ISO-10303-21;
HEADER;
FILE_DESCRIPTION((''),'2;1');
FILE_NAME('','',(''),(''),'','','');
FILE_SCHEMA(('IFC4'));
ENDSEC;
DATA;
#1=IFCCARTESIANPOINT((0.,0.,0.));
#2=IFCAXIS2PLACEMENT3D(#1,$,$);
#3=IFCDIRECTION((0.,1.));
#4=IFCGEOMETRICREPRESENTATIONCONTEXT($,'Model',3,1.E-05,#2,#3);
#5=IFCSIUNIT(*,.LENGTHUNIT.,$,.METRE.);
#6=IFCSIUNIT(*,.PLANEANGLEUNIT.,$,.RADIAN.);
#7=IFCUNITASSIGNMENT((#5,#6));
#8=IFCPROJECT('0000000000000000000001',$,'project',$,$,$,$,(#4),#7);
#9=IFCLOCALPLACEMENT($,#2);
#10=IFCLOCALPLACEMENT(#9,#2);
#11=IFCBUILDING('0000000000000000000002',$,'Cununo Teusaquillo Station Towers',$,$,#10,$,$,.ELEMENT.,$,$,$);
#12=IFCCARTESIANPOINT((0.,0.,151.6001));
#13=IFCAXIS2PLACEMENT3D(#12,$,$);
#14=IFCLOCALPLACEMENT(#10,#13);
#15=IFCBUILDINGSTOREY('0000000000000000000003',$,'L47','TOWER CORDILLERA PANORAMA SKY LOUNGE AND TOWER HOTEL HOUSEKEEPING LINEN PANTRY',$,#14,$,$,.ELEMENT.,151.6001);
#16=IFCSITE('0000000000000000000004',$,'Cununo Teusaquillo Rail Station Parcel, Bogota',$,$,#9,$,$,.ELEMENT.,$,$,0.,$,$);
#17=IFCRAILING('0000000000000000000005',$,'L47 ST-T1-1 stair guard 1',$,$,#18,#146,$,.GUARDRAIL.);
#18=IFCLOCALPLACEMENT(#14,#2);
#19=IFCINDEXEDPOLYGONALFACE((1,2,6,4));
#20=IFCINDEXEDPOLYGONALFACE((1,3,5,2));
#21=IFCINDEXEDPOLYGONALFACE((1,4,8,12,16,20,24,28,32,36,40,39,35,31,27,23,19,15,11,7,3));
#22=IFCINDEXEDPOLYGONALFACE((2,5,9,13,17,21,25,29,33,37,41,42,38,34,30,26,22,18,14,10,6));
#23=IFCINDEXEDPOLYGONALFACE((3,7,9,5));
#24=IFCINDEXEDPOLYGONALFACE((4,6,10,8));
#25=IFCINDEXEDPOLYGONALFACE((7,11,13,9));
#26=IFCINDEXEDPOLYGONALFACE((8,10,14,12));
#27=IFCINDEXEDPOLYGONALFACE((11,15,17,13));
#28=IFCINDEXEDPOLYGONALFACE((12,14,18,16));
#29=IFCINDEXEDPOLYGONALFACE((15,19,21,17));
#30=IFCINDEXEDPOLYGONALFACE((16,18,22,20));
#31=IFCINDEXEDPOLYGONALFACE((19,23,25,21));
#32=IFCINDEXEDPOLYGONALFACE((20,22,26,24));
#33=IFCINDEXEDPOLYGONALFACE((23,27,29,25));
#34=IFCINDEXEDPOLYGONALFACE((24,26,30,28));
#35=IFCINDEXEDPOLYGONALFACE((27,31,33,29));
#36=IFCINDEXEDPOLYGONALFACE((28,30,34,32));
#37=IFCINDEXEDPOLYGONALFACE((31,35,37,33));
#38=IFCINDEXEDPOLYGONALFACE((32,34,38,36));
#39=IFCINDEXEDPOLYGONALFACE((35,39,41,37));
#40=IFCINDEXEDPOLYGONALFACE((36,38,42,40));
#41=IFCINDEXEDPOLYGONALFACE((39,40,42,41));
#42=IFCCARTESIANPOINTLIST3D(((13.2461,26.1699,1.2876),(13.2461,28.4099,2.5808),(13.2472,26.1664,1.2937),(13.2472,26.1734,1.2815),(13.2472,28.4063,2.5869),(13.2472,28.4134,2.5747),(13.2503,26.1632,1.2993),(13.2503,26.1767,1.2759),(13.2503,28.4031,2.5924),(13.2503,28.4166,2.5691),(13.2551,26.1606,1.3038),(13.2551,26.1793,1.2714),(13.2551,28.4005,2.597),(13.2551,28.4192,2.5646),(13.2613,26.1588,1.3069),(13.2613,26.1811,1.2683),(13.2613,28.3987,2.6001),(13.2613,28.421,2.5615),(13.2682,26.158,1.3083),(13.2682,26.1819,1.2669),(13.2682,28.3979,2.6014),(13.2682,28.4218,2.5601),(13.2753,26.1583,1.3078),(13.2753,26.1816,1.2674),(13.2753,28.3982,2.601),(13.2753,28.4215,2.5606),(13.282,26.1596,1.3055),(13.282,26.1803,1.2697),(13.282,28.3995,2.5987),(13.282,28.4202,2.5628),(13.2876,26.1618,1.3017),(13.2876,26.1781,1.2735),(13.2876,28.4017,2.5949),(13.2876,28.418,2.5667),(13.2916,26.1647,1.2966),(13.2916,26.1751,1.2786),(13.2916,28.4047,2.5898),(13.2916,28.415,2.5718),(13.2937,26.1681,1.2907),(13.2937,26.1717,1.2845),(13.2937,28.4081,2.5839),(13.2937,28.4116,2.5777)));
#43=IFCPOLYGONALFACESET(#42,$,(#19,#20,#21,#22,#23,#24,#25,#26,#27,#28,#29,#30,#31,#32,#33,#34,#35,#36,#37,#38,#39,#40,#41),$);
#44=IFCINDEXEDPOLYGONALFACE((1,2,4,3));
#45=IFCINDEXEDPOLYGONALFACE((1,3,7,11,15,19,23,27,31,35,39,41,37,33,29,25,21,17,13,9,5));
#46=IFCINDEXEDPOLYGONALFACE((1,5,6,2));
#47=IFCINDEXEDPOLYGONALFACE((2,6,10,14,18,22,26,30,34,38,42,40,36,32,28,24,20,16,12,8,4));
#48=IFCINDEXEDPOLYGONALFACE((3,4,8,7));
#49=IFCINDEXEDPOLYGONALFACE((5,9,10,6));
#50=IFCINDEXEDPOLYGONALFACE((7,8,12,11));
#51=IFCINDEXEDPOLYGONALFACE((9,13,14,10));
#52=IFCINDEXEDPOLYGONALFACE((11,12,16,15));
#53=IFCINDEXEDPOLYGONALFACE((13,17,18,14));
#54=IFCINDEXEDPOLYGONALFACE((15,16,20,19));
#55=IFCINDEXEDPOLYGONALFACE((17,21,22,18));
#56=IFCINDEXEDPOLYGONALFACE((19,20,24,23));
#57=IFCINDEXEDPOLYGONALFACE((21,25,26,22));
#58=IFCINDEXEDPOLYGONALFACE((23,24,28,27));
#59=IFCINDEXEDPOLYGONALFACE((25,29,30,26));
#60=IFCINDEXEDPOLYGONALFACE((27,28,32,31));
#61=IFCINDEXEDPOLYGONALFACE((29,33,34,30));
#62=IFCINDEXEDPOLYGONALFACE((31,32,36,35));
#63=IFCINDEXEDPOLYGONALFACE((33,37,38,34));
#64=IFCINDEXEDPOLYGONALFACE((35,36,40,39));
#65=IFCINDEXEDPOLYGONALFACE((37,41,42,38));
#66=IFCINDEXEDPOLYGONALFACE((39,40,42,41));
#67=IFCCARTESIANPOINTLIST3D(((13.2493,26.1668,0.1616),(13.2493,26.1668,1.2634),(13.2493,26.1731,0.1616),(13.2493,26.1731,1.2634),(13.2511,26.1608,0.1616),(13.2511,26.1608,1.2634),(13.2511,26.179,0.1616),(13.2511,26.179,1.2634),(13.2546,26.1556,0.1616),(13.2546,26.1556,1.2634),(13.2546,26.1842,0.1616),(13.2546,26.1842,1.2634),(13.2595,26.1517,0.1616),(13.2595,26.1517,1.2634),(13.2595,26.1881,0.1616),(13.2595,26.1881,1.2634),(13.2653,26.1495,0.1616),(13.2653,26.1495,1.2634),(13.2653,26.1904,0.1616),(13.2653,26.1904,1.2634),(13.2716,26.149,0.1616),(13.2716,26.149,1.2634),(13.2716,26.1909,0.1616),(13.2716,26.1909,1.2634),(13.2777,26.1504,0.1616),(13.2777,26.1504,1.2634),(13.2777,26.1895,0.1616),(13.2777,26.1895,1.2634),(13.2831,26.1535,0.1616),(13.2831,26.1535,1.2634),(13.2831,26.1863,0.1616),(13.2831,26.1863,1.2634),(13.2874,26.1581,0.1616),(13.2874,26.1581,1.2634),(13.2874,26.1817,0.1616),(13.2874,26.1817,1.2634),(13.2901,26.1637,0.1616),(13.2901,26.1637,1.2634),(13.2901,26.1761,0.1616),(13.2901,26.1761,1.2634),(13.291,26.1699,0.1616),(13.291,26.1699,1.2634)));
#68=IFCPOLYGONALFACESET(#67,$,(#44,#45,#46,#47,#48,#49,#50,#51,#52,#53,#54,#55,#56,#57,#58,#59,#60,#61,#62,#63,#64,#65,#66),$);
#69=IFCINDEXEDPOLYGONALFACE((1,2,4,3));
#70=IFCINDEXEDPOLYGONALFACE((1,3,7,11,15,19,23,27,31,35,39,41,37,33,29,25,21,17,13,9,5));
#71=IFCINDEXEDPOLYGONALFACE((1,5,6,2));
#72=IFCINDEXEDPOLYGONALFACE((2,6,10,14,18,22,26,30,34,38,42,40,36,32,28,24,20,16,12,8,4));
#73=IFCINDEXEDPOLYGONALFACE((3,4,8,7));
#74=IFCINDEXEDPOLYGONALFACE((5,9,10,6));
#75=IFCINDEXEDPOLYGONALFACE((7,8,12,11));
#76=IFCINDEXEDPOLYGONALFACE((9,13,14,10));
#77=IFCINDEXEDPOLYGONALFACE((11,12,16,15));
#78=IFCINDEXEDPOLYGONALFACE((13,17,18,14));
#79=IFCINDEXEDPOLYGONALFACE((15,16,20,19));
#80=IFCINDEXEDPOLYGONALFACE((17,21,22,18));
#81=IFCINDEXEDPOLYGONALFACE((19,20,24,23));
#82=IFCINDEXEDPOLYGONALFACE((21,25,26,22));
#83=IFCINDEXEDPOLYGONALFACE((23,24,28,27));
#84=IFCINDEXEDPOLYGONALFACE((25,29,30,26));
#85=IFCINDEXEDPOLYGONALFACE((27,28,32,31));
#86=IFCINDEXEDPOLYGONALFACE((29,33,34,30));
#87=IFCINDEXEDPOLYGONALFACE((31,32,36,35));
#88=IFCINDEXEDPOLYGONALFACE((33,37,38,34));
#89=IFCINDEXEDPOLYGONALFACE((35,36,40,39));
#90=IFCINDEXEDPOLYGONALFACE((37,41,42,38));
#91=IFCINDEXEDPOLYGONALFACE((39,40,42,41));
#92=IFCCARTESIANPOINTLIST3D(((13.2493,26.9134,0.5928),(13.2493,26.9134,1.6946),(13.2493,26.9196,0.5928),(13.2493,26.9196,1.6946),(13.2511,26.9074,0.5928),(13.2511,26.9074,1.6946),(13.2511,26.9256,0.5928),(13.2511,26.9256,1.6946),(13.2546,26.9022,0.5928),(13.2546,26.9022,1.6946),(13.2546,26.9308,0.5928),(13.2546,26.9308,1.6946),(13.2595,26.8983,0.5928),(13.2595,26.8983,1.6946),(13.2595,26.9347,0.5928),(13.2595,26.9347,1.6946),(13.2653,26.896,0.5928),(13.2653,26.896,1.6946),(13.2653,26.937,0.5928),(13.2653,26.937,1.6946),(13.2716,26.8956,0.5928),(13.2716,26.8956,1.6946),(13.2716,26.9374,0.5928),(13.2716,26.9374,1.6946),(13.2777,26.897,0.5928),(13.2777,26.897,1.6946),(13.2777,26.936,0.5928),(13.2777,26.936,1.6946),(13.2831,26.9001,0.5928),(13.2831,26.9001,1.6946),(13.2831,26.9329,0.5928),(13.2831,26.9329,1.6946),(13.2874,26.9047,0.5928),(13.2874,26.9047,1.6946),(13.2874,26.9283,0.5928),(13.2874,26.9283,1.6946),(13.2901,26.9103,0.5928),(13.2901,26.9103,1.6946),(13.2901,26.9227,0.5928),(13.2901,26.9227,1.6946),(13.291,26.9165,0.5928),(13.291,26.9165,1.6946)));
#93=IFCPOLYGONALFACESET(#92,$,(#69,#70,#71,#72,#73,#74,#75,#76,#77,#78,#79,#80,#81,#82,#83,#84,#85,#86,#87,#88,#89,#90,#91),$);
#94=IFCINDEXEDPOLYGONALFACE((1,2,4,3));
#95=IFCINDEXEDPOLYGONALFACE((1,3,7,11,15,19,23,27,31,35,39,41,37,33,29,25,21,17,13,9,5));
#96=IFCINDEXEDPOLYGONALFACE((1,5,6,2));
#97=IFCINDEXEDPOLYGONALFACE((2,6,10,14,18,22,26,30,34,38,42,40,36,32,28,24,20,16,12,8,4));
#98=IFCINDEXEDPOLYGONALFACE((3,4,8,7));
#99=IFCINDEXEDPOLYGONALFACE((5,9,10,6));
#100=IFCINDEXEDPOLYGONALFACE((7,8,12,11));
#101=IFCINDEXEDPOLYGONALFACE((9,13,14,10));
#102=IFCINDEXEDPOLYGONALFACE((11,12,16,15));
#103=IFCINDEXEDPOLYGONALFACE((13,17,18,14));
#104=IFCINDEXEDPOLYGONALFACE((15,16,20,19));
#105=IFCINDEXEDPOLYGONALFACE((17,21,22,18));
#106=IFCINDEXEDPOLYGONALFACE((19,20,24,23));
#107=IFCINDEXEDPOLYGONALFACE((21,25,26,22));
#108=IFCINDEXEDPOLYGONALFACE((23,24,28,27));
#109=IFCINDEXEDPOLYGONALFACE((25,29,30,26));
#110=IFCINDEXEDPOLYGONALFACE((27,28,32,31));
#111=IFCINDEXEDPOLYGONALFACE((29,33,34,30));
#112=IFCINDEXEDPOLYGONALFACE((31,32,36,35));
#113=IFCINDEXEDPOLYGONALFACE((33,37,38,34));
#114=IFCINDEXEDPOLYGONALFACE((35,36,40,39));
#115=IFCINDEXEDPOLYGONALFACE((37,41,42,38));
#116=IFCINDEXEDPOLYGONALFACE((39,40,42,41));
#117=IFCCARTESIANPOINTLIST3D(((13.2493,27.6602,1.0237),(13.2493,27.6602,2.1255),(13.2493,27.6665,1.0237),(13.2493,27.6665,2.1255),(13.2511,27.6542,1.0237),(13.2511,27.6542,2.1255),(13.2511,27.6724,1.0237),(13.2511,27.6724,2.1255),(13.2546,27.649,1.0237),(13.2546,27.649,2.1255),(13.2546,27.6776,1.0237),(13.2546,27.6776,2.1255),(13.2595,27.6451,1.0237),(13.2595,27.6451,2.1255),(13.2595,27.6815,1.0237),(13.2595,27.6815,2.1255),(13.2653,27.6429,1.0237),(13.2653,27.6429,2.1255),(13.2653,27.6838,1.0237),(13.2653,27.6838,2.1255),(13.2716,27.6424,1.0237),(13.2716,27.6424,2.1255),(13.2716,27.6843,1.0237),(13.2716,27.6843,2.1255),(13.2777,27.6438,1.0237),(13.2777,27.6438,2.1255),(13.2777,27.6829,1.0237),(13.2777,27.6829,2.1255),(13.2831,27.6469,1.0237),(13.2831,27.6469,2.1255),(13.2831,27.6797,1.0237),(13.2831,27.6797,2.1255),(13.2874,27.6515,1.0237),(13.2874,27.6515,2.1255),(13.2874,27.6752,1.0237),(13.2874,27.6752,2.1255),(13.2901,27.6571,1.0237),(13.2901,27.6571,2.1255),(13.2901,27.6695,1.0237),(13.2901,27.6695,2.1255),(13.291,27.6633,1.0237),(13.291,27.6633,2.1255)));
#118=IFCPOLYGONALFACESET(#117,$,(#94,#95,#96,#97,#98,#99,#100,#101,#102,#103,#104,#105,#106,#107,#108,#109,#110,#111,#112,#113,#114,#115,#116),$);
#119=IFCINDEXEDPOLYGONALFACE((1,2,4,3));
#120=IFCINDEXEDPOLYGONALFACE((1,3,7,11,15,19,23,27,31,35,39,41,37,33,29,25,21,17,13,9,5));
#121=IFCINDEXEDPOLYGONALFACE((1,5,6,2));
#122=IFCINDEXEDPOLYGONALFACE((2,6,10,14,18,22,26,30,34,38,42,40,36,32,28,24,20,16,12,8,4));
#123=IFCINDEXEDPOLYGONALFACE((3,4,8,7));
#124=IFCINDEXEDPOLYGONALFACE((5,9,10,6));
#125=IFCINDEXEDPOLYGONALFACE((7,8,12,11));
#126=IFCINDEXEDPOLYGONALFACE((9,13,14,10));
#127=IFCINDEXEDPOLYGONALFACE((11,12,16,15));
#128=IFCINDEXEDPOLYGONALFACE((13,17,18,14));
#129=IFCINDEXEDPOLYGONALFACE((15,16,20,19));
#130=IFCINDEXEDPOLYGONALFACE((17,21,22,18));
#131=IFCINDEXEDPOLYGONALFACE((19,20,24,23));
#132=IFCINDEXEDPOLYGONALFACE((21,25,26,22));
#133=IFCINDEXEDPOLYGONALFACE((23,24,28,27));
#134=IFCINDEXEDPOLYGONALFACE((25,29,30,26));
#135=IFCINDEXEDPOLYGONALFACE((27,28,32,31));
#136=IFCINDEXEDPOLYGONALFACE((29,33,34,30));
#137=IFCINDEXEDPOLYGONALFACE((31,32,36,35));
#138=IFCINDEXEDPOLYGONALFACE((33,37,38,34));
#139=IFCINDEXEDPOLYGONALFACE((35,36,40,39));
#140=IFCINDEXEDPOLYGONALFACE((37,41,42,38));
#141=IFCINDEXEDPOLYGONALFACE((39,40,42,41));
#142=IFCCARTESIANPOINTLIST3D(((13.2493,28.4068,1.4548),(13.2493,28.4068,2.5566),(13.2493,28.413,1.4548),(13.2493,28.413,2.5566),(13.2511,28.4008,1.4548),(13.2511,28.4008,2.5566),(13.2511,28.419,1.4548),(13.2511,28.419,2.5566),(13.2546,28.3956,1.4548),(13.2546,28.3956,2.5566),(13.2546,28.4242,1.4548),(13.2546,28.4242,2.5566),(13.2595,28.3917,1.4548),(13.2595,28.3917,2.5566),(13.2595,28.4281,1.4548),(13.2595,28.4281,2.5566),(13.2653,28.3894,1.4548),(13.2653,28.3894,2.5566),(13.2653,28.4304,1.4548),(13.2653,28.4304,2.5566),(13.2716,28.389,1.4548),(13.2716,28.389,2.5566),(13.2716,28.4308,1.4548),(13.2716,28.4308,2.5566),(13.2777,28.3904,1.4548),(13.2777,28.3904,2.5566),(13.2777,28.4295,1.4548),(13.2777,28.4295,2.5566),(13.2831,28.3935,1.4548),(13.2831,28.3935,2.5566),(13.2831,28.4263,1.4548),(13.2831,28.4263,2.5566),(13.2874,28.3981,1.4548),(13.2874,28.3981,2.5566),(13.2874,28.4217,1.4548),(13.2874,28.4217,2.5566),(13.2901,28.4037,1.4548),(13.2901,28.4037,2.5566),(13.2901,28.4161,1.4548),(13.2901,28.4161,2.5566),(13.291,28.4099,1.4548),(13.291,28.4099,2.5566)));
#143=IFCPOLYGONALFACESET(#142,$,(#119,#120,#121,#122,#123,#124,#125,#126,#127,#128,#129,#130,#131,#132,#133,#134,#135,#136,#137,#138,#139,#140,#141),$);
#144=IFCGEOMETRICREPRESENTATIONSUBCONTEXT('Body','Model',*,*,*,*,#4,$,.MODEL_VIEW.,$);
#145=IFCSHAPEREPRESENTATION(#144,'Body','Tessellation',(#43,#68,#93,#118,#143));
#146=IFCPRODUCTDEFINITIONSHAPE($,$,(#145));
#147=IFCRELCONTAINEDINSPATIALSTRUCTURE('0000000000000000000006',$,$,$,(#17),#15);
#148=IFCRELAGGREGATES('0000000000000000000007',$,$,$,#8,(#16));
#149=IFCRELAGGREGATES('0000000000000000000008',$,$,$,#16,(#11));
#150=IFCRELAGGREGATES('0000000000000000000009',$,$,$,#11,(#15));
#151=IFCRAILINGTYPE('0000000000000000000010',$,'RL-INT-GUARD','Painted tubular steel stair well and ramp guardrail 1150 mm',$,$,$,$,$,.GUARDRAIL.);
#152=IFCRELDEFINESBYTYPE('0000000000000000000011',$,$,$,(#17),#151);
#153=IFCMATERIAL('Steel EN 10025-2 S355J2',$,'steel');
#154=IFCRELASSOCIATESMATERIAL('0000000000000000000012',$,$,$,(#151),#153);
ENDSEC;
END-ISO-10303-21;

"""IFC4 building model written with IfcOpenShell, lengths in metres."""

from ifc_helpers import new_model, si_unit, direction, frame, origin, origin_2d, place, context, subcontext, project, spatial, circle, extrude, material, type_object, element, save


model = new_model("IFC4")

# Units and contexts
model_context = context("Model", 3, precision=1e-05, world=origin(), true_north=direction((0.0, 1.0)))
body_context = subcontext(model_context, "Body", "Model", "MODEL_VIEW")
ifc_project = project(units=[si_unit("LENGTHUNIT", "METRE"), si_unit("PLANEANGLEUNIT", "RADIAN")], contexts=[model_context])

# Site, building, storey
site_placement = place(None, origin())
site = spatial("IfcSite", under=ifc_project, at=site_placement, Name="Cununo Teusaquillo Rail Station Parcel, Bogota", CompositionType="ELEMENT", RefElevation=0.0)
building_placement = place(site_placement, origin())
building = spatial("IfcBuilding", under=site, at=building_placement, Name="Cununo Teusaquillo Station Towers", CompositionType="ELEMENT")
storey_placement = place(building_placement, frame((0.0, 0.0, 151.6001)))
storey = spatial("IfcBuildingStorey", under=building, at=storey_placement, Name="L47", Description="TOWER CORDILLERA PANORAMA SKY LOUNGE AND TOWER HOTEL HOUSEKEEPING LINEN PANTRY", CompositionType="ELEMENT", Elevation=151.6001)

# Railing
ifc_material_1 = material(Name="Steel EN 10025-2 S355J2", Category="steel")
railing_type_1 = type_object("IfcRailingType", Name="RL-INT-GUARD", Description="Painted tubular steel stair well and ramp guardrail 1150 mm", PredefinedType="GUARDRAIL", material=ifc_material_1)
railing_1_placement = place(storey_placement, frame((13.27, 26.1699, 0.1616)))
element("IfcRailing", 1, at=railing_1_placement, inside=storey, type_object=railing_type_1, Name="L47 ST-T1-1 stair guard 1", PredefinedType="GUARDRAIL", context=body_context, shape_type="SweptSolid", body=[
    extrude(circle(Radius=0.0239, at=origin_2d()), frame((0.0, 0.0, 1.126), z_axis=(0.0, 0.866033, 0.499987), x_axis=(-1.0, 0.0, 0.0)), (0.0, 0.0, 1.0), 2.5864),
    extrude(circle(Radius=0.021, at=origin_2d()), origin(), (0.0, 0.0, 1.0), 1.1018),
    extrude(circle(Radius=0.021, at=origin_2d()), frame((0.0, 0.7466, 0.4312)), (0.0, 0.0, 1.0), 1.1018),
    extrude(circle(Radius=0.021, at=origin_2d()), frame((0.0, 1.4934, 0.8621)), (0.0, 0.0, 1.0), 1.1018),
    extrude(circle(Radius=0.021, at=origin_2d()), frame((0.0, 2.24, 1.2932)), (0.0, 0.0, 1.0), 1.1018),
])

save(model, "model.ifc")
